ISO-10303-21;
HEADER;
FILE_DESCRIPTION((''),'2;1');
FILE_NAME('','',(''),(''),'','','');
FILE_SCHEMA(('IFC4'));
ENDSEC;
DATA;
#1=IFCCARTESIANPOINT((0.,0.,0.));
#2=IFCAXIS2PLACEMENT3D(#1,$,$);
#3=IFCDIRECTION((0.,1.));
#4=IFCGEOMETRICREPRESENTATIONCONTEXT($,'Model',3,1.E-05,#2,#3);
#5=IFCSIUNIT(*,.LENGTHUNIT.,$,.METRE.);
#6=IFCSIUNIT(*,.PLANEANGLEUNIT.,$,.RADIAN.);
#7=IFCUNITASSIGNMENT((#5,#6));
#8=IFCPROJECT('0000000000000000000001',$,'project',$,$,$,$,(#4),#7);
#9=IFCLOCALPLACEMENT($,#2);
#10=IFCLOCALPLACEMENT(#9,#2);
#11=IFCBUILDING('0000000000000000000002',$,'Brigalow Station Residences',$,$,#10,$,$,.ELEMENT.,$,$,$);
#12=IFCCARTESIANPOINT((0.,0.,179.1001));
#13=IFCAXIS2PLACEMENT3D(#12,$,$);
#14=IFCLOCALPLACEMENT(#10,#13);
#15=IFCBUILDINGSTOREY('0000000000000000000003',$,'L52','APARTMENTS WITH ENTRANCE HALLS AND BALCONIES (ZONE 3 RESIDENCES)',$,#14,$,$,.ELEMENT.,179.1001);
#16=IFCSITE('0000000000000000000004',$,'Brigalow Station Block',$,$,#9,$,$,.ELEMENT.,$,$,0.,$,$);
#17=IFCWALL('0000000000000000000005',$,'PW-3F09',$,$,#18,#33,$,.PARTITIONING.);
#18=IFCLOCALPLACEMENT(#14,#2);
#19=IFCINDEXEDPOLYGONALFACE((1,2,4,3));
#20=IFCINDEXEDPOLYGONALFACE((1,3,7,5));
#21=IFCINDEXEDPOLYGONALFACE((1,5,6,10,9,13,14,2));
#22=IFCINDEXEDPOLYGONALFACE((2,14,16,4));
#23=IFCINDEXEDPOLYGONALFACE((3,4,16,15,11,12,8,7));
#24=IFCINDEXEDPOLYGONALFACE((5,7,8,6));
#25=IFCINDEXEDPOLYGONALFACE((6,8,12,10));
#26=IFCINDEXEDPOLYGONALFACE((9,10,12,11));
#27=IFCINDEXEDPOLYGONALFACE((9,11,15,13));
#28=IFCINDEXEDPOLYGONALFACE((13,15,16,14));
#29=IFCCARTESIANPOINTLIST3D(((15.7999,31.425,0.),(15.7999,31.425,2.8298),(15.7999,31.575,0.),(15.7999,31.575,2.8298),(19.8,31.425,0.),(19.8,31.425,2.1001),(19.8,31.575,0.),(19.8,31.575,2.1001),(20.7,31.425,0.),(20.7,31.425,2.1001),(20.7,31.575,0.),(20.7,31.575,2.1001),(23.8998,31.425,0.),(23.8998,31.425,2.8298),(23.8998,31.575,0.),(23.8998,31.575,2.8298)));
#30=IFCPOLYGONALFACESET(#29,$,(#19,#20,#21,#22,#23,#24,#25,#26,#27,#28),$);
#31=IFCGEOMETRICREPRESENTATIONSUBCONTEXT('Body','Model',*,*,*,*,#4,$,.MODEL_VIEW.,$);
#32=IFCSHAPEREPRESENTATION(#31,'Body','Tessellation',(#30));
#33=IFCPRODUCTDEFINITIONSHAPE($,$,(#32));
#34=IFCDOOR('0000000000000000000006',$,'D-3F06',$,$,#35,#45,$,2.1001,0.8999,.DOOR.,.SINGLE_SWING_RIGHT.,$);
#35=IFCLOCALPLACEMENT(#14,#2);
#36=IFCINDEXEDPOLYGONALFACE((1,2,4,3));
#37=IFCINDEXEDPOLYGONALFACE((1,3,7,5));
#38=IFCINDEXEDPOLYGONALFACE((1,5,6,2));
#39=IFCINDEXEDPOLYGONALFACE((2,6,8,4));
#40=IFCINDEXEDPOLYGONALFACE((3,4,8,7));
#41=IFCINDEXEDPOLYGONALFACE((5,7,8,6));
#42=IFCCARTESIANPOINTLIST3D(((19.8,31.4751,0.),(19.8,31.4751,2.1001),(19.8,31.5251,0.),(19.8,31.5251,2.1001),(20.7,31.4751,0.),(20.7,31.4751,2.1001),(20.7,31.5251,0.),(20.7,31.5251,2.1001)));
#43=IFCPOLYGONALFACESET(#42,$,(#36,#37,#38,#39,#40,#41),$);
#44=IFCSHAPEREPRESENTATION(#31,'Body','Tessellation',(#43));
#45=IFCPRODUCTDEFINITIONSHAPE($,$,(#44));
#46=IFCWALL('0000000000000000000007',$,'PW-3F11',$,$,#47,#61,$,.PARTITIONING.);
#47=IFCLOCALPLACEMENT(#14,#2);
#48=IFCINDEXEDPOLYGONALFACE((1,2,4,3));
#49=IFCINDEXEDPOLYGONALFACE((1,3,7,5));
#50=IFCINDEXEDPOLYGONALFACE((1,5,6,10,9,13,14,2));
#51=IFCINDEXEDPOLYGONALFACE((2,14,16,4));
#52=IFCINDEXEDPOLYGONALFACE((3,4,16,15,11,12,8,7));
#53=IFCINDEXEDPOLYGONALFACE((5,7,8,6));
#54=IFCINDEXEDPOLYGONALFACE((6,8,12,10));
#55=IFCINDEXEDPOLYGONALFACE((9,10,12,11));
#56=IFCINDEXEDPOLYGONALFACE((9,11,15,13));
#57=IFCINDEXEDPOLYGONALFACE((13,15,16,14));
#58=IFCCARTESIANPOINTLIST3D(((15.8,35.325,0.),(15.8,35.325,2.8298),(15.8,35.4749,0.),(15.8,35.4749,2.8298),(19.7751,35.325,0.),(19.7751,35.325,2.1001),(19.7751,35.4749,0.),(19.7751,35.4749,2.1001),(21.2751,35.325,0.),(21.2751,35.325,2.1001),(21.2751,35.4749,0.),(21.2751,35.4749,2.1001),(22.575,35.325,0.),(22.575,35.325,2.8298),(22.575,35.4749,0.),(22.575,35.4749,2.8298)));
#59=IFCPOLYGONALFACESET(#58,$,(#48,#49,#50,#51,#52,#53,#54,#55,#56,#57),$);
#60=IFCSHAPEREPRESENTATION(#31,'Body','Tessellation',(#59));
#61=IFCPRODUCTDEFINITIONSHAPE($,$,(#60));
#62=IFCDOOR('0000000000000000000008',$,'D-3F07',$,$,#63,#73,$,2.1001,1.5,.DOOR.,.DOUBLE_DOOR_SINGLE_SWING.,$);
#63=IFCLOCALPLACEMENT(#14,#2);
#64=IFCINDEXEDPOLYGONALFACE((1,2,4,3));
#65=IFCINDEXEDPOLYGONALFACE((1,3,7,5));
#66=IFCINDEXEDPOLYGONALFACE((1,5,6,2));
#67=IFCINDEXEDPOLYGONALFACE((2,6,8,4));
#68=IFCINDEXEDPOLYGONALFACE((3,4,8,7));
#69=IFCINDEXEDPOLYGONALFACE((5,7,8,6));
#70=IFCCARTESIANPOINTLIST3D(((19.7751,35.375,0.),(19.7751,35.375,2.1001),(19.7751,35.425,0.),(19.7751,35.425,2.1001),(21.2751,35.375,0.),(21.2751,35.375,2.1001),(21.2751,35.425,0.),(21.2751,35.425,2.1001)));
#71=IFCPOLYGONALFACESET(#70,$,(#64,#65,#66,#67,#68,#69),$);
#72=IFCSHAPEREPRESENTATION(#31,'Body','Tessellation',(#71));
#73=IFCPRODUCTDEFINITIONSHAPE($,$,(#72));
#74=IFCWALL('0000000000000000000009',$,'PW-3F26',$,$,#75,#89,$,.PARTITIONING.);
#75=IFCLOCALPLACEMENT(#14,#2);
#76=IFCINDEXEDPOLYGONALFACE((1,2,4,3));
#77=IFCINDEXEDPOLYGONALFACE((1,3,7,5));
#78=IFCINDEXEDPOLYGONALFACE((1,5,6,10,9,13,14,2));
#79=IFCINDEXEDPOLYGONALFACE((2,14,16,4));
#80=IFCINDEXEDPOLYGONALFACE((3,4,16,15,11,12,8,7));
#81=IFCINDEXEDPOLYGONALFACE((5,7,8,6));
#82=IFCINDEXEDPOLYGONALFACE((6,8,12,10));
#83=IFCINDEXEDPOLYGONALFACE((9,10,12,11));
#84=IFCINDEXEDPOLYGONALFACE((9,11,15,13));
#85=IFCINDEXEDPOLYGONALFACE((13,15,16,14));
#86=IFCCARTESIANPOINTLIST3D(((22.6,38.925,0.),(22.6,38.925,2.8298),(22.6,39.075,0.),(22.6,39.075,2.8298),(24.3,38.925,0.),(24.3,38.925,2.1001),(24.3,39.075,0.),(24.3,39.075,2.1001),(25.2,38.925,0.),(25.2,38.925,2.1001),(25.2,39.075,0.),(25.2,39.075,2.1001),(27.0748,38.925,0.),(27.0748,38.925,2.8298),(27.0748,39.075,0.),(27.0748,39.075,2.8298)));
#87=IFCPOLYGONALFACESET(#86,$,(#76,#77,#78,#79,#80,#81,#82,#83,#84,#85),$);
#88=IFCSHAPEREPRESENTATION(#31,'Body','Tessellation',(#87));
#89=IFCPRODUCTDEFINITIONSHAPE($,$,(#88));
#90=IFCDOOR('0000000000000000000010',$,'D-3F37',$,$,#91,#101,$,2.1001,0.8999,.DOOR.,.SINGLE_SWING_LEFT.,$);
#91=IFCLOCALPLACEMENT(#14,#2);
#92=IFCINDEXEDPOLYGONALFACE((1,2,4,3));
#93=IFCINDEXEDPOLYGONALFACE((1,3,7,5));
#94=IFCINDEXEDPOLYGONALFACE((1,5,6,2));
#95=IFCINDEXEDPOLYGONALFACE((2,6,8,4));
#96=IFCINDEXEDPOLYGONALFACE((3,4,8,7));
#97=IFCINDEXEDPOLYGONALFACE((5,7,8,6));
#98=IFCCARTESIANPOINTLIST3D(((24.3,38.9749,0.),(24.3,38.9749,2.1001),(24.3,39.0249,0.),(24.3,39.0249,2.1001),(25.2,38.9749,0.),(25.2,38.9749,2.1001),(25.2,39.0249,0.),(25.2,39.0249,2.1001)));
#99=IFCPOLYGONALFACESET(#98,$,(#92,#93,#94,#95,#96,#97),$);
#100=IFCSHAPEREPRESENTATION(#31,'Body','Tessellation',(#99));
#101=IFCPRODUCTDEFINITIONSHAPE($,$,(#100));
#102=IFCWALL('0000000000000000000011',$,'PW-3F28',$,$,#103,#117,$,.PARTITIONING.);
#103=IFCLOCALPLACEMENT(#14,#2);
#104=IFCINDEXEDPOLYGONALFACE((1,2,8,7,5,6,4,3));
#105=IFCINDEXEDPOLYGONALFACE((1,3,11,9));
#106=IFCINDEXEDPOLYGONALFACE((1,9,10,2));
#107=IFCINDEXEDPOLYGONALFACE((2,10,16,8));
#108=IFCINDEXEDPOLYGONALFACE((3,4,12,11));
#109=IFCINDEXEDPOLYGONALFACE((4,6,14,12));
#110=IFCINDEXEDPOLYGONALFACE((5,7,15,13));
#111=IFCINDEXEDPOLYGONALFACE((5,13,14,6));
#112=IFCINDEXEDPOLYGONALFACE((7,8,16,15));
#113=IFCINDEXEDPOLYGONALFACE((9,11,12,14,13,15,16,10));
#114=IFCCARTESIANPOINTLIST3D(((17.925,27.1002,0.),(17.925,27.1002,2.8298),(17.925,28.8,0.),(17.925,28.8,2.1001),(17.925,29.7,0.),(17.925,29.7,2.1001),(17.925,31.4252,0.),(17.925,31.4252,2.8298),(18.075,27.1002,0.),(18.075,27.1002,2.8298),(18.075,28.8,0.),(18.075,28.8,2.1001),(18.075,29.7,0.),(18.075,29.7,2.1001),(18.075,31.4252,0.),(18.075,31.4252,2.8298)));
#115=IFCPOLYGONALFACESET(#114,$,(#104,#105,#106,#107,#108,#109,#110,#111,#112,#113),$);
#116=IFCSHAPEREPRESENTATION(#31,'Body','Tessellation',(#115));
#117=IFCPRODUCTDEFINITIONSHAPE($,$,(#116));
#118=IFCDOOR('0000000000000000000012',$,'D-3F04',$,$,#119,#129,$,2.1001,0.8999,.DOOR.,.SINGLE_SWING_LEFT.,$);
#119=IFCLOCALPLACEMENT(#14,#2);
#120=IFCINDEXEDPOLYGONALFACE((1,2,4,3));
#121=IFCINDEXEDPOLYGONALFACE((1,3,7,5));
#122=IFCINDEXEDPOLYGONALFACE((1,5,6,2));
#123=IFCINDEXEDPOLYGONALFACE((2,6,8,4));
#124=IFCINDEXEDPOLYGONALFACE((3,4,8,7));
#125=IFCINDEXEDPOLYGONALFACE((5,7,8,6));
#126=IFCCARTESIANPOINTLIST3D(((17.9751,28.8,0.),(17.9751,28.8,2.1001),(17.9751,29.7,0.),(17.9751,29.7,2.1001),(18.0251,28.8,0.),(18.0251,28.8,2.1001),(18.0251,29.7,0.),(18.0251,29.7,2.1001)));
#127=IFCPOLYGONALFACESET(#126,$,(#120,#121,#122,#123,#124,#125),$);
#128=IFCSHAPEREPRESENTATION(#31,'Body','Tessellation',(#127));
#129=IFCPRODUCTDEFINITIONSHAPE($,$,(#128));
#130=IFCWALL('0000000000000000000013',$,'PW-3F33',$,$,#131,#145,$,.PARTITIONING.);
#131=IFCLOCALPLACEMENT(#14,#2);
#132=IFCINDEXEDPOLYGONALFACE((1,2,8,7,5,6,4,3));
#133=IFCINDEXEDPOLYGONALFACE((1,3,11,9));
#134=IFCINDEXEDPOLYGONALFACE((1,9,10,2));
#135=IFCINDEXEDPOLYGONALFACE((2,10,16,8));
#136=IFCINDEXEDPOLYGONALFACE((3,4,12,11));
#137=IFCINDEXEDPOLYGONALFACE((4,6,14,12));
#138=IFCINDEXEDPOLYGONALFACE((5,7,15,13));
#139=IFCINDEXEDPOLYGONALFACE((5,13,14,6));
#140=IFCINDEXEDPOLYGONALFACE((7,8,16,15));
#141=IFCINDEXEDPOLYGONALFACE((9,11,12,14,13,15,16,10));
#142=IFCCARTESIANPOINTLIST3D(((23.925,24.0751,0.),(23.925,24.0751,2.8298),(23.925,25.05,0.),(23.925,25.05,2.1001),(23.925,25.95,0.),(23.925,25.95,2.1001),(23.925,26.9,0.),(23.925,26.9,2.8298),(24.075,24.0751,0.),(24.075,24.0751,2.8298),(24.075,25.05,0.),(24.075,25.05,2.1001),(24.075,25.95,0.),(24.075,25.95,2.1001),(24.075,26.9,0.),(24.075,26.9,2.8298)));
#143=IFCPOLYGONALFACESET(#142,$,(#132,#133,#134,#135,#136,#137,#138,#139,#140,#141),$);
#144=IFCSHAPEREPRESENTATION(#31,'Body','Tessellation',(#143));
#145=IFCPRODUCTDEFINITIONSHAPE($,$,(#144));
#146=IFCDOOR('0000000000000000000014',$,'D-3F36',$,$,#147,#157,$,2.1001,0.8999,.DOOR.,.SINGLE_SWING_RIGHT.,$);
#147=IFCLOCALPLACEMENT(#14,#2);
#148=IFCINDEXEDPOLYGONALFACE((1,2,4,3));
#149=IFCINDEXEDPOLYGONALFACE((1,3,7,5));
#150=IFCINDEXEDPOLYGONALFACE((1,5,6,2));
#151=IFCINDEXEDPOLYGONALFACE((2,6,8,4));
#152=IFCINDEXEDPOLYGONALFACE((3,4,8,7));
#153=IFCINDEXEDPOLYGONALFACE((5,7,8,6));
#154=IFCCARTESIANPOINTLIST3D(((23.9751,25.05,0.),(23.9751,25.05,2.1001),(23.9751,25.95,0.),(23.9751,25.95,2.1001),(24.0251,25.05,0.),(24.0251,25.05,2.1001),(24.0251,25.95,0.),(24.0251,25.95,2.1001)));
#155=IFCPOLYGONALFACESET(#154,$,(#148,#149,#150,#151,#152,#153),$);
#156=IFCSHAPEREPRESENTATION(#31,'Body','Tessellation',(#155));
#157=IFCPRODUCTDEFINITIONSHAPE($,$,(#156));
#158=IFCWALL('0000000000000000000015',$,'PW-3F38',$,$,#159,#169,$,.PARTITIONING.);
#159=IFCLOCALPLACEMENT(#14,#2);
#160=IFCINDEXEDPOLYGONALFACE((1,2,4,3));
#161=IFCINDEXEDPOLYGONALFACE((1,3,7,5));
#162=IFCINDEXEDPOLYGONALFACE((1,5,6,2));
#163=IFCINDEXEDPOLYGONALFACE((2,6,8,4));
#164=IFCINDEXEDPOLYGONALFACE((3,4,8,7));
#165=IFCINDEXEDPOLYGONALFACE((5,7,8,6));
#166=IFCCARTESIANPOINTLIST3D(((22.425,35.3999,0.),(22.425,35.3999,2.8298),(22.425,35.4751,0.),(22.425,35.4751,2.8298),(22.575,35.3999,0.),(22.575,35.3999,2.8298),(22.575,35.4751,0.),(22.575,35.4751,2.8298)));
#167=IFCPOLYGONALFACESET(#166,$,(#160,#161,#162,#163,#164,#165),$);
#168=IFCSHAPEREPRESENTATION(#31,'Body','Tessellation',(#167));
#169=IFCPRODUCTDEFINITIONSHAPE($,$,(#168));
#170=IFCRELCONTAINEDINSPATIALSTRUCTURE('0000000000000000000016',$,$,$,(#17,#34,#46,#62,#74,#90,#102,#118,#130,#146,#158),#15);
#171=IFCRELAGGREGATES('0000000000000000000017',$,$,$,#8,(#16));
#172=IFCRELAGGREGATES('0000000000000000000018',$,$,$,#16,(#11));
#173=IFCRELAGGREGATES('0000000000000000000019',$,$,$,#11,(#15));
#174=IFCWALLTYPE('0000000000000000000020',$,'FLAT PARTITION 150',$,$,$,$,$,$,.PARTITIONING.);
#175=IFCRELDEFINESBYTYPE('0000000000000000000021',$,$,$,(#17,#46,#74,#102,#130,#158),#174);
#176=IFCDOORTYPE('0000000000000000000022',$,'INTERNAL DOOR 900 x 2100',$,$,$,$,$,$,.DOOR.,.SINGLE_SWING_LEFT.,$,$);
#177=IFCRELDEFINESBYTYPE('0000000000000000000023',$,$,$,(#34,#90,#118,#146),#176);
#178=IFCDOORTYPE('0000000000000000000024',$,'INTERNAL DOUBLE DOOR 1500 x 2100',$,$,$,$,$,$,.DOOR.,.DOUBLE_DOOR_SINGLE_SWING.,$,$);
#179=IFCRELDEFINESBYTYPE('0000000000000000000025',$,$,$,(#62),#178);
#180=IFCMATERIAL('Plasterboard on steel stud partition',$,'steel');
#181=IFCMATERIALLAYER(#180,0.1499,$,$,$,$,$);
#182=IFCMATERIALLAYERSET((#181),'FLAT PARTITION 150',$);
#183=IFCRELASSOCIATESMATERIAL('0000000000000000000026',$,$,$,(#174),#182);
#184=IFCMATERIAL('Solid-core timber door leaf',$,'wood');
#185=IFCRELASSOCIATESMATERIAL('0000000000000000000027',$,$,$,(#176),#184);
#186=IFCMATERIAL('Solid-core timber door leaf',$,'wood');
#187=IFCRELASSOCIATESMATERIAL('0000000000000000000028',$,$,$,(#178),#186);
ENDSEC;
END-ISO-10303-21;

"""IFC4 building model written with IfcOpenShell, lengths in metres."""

from ifc_helpers import new_model, si_unit, direction, frame, frame_2d, origin, place, context, subcontext, project, spatial, rectangle, extrude, material, layer, layer_set, type_object, element, fill, save


model = new_model("IFC4")

# Units and contexts
model_context = context("Model", 3, precision=1e-05, world=origin(), true_north=direction((0.0, 1.0)))
body_context = subcontext(model_context, "Body", "Model", "MODEL_VIEW")
ifc_project = project(units=[si_unit("LENGTHUNIT", "METRE"), si_unit("PLANEANGLEUNIT", "RADIAN")], contexts=[model_context])

# Site, building, storey
site_placement = place(None, origin())
site = spatial("IfcSite", under=ifc_project, at=site_placement, Name="Brigalow Station Block", CompositionType="ELEMENT", RefElevation=0.0)
building_placement = place(site_placement, origin())
building = spatial("IfcBuilding", under=site, at=building_placement, Name="Brigalow Station Residences", CompositionType="ELEMENT")
storey_placement = place(building_placement, frame((0.0, 0.0, 179.1001)))
storey = spatial("IfcBuildingStorey", under=building, at=storey_placement, Name="L52", Description="APARTMENTS WITH ENTRANCE HALLS AND BALCONIES (ZONE 3 RESIDENCES)", CompositionType="ELEMENT", Elevation=179.1001)

# Shared definitions
ifc_material_1 = material(Name="Plasterboard on steel stud partition", Category="steel")
ifc_layer_1 = layer(ifc_material_1, 0.1499)
ifc_layer_set_1 = layer_set([ifc_layer_1], Name="FLAT PARTITION 150")
wall_type_1 = type_object("IfcWallType", Name="FLAT PARTITION 150", PredefinedType="PARTITIONING", material=ifc_layer_set_1)

# Walls, openings, doors
wall_1_placement = place(storey_placement, frame((15.8, 31.5, 0.0), z_axis=(0.0, 0.0, 1.0), x_axis=(1.0, 0.0, 0.0)))
wall_1 = element("IfcWall", 1, at=wall_1_placement, inside=storey, type_object=wall_type_1, Name="PW-3F09", PredefinedType="PARTITIONING", context=body_context, shape_type="SweptSolid", body=[
    extrude(rectangle(XDim=8.0999, YDim=0.1499, at=frame_2d((4.0498, 0.0))), origin(), (0.0, 0.0, 1.0), 2.8298),
])
opening_1_placement = place(wall_1_placement, frame((4.0, 0.0, 0.0)))
opening_1 = element("IfcOpeningElement", 2, at=opening_1_placement, cuts=wall_1, PredefinedType="OPENING", context=body_context, shape_type="SweptSolid", body=[
    extrude(rectangle(XDim=0.8999, YDim=2.1001, at=frame_2d((0.45, 1.05))), frame((0.0, 0.085, 0.0), z_axis=(0.0, -1.0, 0.0), x_axis=(1.0, 0.0, 0.0)), (0.0, 0.0, 1.0), 0.1699),
])
ifc_material_2 = material(Name="Solid-core timber door leaf", Category="wood")
door_type_1 = type_object("IfcDoorType", Name="INTERNAL DOOR 900 x 2100", OperationType="SINGLE_SWING_LEFT", PredefinedType="DOOR", material=ifc_material_2)
door_1_placement = place(opening_1_placement, frame((0.8999, 0.0, 0.0), z_axis=(0.0, 0.0, 1.0), x_axis=(-1.0, 0.0, 0.0)))
door_1 = element("IfcDoor", 3, at=door_1_placement, inside=storey, type_object=door_type_1, Name="D-3F06", OperationType="SINGLE_SWING_RIGHT", OverallHeight=2.1001, OverallWidth=0.8999, PredefinedType="DOOR", context=body_context, shape_type="SweptSolid", body=[
    extrude(rectangle(XDim=0.8999, YDim=2.1001, at=frame_2d((0.45, 1.05))), frame((0.0, 0.0249, 0.0), z_axis=(0.0, -1.0, 0.0), x_axis=(1.0, 0.0, 0.0)), (0.0, 0.0, 1.0), 0.05),
])
fill(opening_1, door_1)
wall_2_placement = place(storey_placement, frame((15.8, 35.3999, 0.0), z_axis=(0.0, 0.0, 1.0), x_axis=(1.0, 0.0, 0.0)))
wall_2 = element("IfcWall", 4, at=wall_2_placement, inside=storey, type_object=wall_type_1, Name="PW-3F11", PredefinedType="PARTITIONING", context=body_context, shape_type="SweptSolid", body=[
    extrude(rectangle(XDim=6.7749, YDim=0.1499, at=frame_2d((3.3875, 0.0))), origin(), (0.0, 0.0, 1.0), 2.8298),
])
opening_2_placement = place(wall_2_placement, frame((3.9751, 0.0, 0.0)))
opening_2 = element("IfcOpeningElement", 5, at=opening_2_placement, cuts=wall_2, PredefinedType="OPENING", context=body_context, shape_type="SweptSolid", body=[
    extrude(rectangle(XDim=1.5, YDim=2.1001, at=frame_2d((0.75, 1.05))), frame((0.0, 0.085, 0.0), z_axis=(0.0, -1.0, 0.0), x_axis=(1.0, 0.0, 0.0)), (0.0, 0.0, 1.0), 0.1699),
])
ifc_material_3 = material(Name="Solid-core timber door leaf", Category="wood")
door_type_2 = type_object("IfcDoorType", Name="INTERNAL DOUBLE DOOR 1500 x 2100", OperationType="DOUBLE_DOOR_SINGLE_SWING", PredefinedType="DOOR", material=ifc_material_3)
door_2_placement = place(opening_2_placement, frame((1.5, 0.0, 0.0), z_axis=(0.0, 0.0, 1.0), x_axis=(-1.0, 0.0, 0.0)))
door_2 = element("IfcDoor", 6, at=door_2_placement, inside=storey, type_object=door_type_2, Name="D-3F07", OperationType="DOUBLE_DOOR_SINGLE_SWING", OverallHeight=2.1001, OverallWidth=1.5, PredefinedType="DOOR", context=body_context, shape_type="SweptSolid", body=[
    extrude(rectangle(XDim=1.5, YDim=2.1001, at=frame_2d((0.75, 1.05))), frame((0.0, 0.0249, 0.0), z_axis=(0.0, -1.0, 0.0), x_axis=(1.0, 0.0, 0.0)), (0.0, 0.0, 1.0), 0.05),
])
fill(opening_2, door_2)
wall_3_placement = place(storey_placement, frame((22.6001, 39.0, 0.0), z_axis=(0.0, 0.0, 1.0), x_axis=(1.0, 0.0, 0.0)))
wall_3 = element("IfcWall", 7, at=wall_3_placement, inside=storey, type_object=wall_type_1, Name="PW-3F26", PredefinedType="PARTITIONING", context=body_context, shape_type="SweptSolid", body=[
    extrude(rectangle(XDim=4.4749, YDim=0.1499, at=frame_2d((2.2373, 0.0))), origin(), (0.0, 0.0, 1.0), 2.8298),
])
opening_3_placement = place(wall_3_placement, frame((1.7, 0.0, 0.0)))
opening_3 = element("IfcOpeningElement", 8, at=opening_3_placement, cuts=wall_3, PredefinedType="OPENING", context=body_context, shape_type="SweptSolid", body=[
    extrude(rectangle(XDim=0.8999, YDim=2.1001, at=frame_2d((0.45, 1.05))), frame((0.0, 0.085, 0.0), z_axis=(0.0, -1.0, 0.0), x_axis=(1.0, 0.0, 0.0)), (0.0, 0.0, 1.0), 0.1699),
])
door_3_placement = place(opening_3_placement, origin())
door_3 = element("IfcDoor", 9, at=door_3_placement, inside=storey, type_object=door_type_1, Name="D-3F37", OperationType="SINGLE_SWING_LEFT", OverallHeight=2.1001, OverallWidth=0.8999, PredefinedType="DOOR", context=body_context, shape_type="SweptSolid", body=[
    extrude(rectangle(XDim=0.8999, YDim=2.1001, at=frame_2d((0.45, 1.05))), frame((0.0, 0.0249, 0.0), z_axis=(0.0, -1.0, 0.0), x_axis=(1.0, 0.0, 0.0)), (0.0, 0.0, 1.0), 0.05),
])
fill(opening_3, door_3)
wall_4_placement = place(storey_placement, frame((18.0, 27.1001, 0.0), z_axis=(0.0, 0.0, 1.0), x_axis=(0.0, 1.0, 0.0)))
wall_4 = element("IfcWall", 10, at=wall_4_placement, inside=storey, type_object=wall_type_1, Name="PW-3F28", PredefinedType="PARTITIONING", context=body_context, shape_type="SweptSolid", body=[
    extrude(rectangle(XDim=4.325, YDim=0.1499, at=frame_2d((2.1626, 0.0))), origin(), (0.0, 0.0, 1.0), 2.8298),
])
opening_4_placement = place(wall_4_placement, frame((1.7, 0.0, 0.0)))
opening_4 = element("IfcOpeningElement", 11, at=opening_4_placement, cuts=wall_4, PredefinedType="OPENING", context=body_context, shape_type="SweptSolid", body=[
    extrude(rectangle(XDim=0.8999, YDim=2.1001, at=frame_2d((0.45, 1.05))), frame((0.0, 0.085, 0.0), z_axis=(0.0, -1.0, 0.0), x_axis=(1.0, 0.0, 0.0)), (0.0, 0.0, 1.0), 0.1699),
])
door_4_placement = place(opening_4_placement, origin())
door_4 = element("IfcDoor", 12, at=door_4_placement, inside=storey, type_object=door_type_1, Name="D-3F04", OperationType="SINGLE_SWING_LEFT", OverallHeight=2.1001, OverallWidth=0.8999, PredefinedType="DOOR", context=body_context, shape_type="SweptSolid", body=[
    extrude(rectangle(XDim=0.8999, YDim=2.1001, at=frame_2d((0.45, 1.05))), frame((0.0, 0.0249, 0.0), z_axis=(0.0, -1.0, 0.0), x_axis=(1.0, 0.0, 0.0)), (0.0, 0.0, 1.0), 0.05),
])
fill(opening_4, door_4)
wall_5_placement = place(storey_placement, frame((24.0, 24.075, 0.0), z_axis=(0.0, 0.0, 1.0), x_axis=(0.0, 1.0, 0.0)))
wall_5 = element("IfcWall", 13, at=wall_5_placement, inside=storey, type_object=wall_type_1, Name="PW-3F33", PredefinedType="PARTITIONING", context=body_context, shape_type="SweptSolid", body=[
    extrude(rectangle(XDim=2.825, YDim=0.1499, at=frame_2d((1.4126, 0.0))), origin(), (0.0, 0.0, 1.0), 2.8298),
])
opening_5_placement = place(wall_5_placement, frame((0.9751, 0.0, 0.0)))
opening_5 = element("IfcOpeningElement", 14, at=opening_5_placement, cuts=wall_5, PredefinedType="OPENING", context=body_context, shape_type="SweptSolid", body=[
    extrude(rectangle(XDim=0.8999, YDim=2.1001, at=frame_2d((0.45, 1.05))), frame((0.0, 0.085, 0.0), z_axis=(0.0, -1.0, 0.0), x_axis=(1.0, 0.0, 0.0)), (0.0, 0.0, 1.0), 0.1699),
])
door_5_placement = place(opening_5_placement, origin())
door_5 = element("IfcDoor", 15, at=door_5_placement, inside=storey, type_object=door_type_1, Name="D-3F36", OperationType="SINGLE_SWING_RIGHT", OverallHeight=2.1001, OverallWidth=0.8999, PredefinedType="DOOR", context=body_context, shape_type="SweptSolid", body=[
    extrude(rectangle(XDim=0.8999, YDim=2.1001, at=frame_2d((0.45, 1.05))), frame((0.0, 0.0249, 0.0), z_axis=(0.0, -1.0, 0.0), x_axis=(1.0, 0.0, 0.0)), (0.0, 0.0, 1.0), 0.05),
])
fill(opening_5, door_5)

# Wall
wall_6_placement = place(storey_placement, frame((22.5, 35.3999, 0.0), z_axis=(0.0, 0.0, 1.0), x_axis=(0.0, 1.0, 0.0)))
element("IfcWall", 16, at=wall_6_placement, inside=storey, type_object=wall_type_1, Name="PW-3F38", PredefinedType="PARTITIONING", context=body_context, shape_type="SweptSolid", body=[
    extrude(rectangle(XDim=0.0752, YDim=0.1499, at=frame_2d((0.0376, 0.0))), origin(), (0.0, 0.0, 1.0), 2.8298),
])

save(model, "model.ifc")
